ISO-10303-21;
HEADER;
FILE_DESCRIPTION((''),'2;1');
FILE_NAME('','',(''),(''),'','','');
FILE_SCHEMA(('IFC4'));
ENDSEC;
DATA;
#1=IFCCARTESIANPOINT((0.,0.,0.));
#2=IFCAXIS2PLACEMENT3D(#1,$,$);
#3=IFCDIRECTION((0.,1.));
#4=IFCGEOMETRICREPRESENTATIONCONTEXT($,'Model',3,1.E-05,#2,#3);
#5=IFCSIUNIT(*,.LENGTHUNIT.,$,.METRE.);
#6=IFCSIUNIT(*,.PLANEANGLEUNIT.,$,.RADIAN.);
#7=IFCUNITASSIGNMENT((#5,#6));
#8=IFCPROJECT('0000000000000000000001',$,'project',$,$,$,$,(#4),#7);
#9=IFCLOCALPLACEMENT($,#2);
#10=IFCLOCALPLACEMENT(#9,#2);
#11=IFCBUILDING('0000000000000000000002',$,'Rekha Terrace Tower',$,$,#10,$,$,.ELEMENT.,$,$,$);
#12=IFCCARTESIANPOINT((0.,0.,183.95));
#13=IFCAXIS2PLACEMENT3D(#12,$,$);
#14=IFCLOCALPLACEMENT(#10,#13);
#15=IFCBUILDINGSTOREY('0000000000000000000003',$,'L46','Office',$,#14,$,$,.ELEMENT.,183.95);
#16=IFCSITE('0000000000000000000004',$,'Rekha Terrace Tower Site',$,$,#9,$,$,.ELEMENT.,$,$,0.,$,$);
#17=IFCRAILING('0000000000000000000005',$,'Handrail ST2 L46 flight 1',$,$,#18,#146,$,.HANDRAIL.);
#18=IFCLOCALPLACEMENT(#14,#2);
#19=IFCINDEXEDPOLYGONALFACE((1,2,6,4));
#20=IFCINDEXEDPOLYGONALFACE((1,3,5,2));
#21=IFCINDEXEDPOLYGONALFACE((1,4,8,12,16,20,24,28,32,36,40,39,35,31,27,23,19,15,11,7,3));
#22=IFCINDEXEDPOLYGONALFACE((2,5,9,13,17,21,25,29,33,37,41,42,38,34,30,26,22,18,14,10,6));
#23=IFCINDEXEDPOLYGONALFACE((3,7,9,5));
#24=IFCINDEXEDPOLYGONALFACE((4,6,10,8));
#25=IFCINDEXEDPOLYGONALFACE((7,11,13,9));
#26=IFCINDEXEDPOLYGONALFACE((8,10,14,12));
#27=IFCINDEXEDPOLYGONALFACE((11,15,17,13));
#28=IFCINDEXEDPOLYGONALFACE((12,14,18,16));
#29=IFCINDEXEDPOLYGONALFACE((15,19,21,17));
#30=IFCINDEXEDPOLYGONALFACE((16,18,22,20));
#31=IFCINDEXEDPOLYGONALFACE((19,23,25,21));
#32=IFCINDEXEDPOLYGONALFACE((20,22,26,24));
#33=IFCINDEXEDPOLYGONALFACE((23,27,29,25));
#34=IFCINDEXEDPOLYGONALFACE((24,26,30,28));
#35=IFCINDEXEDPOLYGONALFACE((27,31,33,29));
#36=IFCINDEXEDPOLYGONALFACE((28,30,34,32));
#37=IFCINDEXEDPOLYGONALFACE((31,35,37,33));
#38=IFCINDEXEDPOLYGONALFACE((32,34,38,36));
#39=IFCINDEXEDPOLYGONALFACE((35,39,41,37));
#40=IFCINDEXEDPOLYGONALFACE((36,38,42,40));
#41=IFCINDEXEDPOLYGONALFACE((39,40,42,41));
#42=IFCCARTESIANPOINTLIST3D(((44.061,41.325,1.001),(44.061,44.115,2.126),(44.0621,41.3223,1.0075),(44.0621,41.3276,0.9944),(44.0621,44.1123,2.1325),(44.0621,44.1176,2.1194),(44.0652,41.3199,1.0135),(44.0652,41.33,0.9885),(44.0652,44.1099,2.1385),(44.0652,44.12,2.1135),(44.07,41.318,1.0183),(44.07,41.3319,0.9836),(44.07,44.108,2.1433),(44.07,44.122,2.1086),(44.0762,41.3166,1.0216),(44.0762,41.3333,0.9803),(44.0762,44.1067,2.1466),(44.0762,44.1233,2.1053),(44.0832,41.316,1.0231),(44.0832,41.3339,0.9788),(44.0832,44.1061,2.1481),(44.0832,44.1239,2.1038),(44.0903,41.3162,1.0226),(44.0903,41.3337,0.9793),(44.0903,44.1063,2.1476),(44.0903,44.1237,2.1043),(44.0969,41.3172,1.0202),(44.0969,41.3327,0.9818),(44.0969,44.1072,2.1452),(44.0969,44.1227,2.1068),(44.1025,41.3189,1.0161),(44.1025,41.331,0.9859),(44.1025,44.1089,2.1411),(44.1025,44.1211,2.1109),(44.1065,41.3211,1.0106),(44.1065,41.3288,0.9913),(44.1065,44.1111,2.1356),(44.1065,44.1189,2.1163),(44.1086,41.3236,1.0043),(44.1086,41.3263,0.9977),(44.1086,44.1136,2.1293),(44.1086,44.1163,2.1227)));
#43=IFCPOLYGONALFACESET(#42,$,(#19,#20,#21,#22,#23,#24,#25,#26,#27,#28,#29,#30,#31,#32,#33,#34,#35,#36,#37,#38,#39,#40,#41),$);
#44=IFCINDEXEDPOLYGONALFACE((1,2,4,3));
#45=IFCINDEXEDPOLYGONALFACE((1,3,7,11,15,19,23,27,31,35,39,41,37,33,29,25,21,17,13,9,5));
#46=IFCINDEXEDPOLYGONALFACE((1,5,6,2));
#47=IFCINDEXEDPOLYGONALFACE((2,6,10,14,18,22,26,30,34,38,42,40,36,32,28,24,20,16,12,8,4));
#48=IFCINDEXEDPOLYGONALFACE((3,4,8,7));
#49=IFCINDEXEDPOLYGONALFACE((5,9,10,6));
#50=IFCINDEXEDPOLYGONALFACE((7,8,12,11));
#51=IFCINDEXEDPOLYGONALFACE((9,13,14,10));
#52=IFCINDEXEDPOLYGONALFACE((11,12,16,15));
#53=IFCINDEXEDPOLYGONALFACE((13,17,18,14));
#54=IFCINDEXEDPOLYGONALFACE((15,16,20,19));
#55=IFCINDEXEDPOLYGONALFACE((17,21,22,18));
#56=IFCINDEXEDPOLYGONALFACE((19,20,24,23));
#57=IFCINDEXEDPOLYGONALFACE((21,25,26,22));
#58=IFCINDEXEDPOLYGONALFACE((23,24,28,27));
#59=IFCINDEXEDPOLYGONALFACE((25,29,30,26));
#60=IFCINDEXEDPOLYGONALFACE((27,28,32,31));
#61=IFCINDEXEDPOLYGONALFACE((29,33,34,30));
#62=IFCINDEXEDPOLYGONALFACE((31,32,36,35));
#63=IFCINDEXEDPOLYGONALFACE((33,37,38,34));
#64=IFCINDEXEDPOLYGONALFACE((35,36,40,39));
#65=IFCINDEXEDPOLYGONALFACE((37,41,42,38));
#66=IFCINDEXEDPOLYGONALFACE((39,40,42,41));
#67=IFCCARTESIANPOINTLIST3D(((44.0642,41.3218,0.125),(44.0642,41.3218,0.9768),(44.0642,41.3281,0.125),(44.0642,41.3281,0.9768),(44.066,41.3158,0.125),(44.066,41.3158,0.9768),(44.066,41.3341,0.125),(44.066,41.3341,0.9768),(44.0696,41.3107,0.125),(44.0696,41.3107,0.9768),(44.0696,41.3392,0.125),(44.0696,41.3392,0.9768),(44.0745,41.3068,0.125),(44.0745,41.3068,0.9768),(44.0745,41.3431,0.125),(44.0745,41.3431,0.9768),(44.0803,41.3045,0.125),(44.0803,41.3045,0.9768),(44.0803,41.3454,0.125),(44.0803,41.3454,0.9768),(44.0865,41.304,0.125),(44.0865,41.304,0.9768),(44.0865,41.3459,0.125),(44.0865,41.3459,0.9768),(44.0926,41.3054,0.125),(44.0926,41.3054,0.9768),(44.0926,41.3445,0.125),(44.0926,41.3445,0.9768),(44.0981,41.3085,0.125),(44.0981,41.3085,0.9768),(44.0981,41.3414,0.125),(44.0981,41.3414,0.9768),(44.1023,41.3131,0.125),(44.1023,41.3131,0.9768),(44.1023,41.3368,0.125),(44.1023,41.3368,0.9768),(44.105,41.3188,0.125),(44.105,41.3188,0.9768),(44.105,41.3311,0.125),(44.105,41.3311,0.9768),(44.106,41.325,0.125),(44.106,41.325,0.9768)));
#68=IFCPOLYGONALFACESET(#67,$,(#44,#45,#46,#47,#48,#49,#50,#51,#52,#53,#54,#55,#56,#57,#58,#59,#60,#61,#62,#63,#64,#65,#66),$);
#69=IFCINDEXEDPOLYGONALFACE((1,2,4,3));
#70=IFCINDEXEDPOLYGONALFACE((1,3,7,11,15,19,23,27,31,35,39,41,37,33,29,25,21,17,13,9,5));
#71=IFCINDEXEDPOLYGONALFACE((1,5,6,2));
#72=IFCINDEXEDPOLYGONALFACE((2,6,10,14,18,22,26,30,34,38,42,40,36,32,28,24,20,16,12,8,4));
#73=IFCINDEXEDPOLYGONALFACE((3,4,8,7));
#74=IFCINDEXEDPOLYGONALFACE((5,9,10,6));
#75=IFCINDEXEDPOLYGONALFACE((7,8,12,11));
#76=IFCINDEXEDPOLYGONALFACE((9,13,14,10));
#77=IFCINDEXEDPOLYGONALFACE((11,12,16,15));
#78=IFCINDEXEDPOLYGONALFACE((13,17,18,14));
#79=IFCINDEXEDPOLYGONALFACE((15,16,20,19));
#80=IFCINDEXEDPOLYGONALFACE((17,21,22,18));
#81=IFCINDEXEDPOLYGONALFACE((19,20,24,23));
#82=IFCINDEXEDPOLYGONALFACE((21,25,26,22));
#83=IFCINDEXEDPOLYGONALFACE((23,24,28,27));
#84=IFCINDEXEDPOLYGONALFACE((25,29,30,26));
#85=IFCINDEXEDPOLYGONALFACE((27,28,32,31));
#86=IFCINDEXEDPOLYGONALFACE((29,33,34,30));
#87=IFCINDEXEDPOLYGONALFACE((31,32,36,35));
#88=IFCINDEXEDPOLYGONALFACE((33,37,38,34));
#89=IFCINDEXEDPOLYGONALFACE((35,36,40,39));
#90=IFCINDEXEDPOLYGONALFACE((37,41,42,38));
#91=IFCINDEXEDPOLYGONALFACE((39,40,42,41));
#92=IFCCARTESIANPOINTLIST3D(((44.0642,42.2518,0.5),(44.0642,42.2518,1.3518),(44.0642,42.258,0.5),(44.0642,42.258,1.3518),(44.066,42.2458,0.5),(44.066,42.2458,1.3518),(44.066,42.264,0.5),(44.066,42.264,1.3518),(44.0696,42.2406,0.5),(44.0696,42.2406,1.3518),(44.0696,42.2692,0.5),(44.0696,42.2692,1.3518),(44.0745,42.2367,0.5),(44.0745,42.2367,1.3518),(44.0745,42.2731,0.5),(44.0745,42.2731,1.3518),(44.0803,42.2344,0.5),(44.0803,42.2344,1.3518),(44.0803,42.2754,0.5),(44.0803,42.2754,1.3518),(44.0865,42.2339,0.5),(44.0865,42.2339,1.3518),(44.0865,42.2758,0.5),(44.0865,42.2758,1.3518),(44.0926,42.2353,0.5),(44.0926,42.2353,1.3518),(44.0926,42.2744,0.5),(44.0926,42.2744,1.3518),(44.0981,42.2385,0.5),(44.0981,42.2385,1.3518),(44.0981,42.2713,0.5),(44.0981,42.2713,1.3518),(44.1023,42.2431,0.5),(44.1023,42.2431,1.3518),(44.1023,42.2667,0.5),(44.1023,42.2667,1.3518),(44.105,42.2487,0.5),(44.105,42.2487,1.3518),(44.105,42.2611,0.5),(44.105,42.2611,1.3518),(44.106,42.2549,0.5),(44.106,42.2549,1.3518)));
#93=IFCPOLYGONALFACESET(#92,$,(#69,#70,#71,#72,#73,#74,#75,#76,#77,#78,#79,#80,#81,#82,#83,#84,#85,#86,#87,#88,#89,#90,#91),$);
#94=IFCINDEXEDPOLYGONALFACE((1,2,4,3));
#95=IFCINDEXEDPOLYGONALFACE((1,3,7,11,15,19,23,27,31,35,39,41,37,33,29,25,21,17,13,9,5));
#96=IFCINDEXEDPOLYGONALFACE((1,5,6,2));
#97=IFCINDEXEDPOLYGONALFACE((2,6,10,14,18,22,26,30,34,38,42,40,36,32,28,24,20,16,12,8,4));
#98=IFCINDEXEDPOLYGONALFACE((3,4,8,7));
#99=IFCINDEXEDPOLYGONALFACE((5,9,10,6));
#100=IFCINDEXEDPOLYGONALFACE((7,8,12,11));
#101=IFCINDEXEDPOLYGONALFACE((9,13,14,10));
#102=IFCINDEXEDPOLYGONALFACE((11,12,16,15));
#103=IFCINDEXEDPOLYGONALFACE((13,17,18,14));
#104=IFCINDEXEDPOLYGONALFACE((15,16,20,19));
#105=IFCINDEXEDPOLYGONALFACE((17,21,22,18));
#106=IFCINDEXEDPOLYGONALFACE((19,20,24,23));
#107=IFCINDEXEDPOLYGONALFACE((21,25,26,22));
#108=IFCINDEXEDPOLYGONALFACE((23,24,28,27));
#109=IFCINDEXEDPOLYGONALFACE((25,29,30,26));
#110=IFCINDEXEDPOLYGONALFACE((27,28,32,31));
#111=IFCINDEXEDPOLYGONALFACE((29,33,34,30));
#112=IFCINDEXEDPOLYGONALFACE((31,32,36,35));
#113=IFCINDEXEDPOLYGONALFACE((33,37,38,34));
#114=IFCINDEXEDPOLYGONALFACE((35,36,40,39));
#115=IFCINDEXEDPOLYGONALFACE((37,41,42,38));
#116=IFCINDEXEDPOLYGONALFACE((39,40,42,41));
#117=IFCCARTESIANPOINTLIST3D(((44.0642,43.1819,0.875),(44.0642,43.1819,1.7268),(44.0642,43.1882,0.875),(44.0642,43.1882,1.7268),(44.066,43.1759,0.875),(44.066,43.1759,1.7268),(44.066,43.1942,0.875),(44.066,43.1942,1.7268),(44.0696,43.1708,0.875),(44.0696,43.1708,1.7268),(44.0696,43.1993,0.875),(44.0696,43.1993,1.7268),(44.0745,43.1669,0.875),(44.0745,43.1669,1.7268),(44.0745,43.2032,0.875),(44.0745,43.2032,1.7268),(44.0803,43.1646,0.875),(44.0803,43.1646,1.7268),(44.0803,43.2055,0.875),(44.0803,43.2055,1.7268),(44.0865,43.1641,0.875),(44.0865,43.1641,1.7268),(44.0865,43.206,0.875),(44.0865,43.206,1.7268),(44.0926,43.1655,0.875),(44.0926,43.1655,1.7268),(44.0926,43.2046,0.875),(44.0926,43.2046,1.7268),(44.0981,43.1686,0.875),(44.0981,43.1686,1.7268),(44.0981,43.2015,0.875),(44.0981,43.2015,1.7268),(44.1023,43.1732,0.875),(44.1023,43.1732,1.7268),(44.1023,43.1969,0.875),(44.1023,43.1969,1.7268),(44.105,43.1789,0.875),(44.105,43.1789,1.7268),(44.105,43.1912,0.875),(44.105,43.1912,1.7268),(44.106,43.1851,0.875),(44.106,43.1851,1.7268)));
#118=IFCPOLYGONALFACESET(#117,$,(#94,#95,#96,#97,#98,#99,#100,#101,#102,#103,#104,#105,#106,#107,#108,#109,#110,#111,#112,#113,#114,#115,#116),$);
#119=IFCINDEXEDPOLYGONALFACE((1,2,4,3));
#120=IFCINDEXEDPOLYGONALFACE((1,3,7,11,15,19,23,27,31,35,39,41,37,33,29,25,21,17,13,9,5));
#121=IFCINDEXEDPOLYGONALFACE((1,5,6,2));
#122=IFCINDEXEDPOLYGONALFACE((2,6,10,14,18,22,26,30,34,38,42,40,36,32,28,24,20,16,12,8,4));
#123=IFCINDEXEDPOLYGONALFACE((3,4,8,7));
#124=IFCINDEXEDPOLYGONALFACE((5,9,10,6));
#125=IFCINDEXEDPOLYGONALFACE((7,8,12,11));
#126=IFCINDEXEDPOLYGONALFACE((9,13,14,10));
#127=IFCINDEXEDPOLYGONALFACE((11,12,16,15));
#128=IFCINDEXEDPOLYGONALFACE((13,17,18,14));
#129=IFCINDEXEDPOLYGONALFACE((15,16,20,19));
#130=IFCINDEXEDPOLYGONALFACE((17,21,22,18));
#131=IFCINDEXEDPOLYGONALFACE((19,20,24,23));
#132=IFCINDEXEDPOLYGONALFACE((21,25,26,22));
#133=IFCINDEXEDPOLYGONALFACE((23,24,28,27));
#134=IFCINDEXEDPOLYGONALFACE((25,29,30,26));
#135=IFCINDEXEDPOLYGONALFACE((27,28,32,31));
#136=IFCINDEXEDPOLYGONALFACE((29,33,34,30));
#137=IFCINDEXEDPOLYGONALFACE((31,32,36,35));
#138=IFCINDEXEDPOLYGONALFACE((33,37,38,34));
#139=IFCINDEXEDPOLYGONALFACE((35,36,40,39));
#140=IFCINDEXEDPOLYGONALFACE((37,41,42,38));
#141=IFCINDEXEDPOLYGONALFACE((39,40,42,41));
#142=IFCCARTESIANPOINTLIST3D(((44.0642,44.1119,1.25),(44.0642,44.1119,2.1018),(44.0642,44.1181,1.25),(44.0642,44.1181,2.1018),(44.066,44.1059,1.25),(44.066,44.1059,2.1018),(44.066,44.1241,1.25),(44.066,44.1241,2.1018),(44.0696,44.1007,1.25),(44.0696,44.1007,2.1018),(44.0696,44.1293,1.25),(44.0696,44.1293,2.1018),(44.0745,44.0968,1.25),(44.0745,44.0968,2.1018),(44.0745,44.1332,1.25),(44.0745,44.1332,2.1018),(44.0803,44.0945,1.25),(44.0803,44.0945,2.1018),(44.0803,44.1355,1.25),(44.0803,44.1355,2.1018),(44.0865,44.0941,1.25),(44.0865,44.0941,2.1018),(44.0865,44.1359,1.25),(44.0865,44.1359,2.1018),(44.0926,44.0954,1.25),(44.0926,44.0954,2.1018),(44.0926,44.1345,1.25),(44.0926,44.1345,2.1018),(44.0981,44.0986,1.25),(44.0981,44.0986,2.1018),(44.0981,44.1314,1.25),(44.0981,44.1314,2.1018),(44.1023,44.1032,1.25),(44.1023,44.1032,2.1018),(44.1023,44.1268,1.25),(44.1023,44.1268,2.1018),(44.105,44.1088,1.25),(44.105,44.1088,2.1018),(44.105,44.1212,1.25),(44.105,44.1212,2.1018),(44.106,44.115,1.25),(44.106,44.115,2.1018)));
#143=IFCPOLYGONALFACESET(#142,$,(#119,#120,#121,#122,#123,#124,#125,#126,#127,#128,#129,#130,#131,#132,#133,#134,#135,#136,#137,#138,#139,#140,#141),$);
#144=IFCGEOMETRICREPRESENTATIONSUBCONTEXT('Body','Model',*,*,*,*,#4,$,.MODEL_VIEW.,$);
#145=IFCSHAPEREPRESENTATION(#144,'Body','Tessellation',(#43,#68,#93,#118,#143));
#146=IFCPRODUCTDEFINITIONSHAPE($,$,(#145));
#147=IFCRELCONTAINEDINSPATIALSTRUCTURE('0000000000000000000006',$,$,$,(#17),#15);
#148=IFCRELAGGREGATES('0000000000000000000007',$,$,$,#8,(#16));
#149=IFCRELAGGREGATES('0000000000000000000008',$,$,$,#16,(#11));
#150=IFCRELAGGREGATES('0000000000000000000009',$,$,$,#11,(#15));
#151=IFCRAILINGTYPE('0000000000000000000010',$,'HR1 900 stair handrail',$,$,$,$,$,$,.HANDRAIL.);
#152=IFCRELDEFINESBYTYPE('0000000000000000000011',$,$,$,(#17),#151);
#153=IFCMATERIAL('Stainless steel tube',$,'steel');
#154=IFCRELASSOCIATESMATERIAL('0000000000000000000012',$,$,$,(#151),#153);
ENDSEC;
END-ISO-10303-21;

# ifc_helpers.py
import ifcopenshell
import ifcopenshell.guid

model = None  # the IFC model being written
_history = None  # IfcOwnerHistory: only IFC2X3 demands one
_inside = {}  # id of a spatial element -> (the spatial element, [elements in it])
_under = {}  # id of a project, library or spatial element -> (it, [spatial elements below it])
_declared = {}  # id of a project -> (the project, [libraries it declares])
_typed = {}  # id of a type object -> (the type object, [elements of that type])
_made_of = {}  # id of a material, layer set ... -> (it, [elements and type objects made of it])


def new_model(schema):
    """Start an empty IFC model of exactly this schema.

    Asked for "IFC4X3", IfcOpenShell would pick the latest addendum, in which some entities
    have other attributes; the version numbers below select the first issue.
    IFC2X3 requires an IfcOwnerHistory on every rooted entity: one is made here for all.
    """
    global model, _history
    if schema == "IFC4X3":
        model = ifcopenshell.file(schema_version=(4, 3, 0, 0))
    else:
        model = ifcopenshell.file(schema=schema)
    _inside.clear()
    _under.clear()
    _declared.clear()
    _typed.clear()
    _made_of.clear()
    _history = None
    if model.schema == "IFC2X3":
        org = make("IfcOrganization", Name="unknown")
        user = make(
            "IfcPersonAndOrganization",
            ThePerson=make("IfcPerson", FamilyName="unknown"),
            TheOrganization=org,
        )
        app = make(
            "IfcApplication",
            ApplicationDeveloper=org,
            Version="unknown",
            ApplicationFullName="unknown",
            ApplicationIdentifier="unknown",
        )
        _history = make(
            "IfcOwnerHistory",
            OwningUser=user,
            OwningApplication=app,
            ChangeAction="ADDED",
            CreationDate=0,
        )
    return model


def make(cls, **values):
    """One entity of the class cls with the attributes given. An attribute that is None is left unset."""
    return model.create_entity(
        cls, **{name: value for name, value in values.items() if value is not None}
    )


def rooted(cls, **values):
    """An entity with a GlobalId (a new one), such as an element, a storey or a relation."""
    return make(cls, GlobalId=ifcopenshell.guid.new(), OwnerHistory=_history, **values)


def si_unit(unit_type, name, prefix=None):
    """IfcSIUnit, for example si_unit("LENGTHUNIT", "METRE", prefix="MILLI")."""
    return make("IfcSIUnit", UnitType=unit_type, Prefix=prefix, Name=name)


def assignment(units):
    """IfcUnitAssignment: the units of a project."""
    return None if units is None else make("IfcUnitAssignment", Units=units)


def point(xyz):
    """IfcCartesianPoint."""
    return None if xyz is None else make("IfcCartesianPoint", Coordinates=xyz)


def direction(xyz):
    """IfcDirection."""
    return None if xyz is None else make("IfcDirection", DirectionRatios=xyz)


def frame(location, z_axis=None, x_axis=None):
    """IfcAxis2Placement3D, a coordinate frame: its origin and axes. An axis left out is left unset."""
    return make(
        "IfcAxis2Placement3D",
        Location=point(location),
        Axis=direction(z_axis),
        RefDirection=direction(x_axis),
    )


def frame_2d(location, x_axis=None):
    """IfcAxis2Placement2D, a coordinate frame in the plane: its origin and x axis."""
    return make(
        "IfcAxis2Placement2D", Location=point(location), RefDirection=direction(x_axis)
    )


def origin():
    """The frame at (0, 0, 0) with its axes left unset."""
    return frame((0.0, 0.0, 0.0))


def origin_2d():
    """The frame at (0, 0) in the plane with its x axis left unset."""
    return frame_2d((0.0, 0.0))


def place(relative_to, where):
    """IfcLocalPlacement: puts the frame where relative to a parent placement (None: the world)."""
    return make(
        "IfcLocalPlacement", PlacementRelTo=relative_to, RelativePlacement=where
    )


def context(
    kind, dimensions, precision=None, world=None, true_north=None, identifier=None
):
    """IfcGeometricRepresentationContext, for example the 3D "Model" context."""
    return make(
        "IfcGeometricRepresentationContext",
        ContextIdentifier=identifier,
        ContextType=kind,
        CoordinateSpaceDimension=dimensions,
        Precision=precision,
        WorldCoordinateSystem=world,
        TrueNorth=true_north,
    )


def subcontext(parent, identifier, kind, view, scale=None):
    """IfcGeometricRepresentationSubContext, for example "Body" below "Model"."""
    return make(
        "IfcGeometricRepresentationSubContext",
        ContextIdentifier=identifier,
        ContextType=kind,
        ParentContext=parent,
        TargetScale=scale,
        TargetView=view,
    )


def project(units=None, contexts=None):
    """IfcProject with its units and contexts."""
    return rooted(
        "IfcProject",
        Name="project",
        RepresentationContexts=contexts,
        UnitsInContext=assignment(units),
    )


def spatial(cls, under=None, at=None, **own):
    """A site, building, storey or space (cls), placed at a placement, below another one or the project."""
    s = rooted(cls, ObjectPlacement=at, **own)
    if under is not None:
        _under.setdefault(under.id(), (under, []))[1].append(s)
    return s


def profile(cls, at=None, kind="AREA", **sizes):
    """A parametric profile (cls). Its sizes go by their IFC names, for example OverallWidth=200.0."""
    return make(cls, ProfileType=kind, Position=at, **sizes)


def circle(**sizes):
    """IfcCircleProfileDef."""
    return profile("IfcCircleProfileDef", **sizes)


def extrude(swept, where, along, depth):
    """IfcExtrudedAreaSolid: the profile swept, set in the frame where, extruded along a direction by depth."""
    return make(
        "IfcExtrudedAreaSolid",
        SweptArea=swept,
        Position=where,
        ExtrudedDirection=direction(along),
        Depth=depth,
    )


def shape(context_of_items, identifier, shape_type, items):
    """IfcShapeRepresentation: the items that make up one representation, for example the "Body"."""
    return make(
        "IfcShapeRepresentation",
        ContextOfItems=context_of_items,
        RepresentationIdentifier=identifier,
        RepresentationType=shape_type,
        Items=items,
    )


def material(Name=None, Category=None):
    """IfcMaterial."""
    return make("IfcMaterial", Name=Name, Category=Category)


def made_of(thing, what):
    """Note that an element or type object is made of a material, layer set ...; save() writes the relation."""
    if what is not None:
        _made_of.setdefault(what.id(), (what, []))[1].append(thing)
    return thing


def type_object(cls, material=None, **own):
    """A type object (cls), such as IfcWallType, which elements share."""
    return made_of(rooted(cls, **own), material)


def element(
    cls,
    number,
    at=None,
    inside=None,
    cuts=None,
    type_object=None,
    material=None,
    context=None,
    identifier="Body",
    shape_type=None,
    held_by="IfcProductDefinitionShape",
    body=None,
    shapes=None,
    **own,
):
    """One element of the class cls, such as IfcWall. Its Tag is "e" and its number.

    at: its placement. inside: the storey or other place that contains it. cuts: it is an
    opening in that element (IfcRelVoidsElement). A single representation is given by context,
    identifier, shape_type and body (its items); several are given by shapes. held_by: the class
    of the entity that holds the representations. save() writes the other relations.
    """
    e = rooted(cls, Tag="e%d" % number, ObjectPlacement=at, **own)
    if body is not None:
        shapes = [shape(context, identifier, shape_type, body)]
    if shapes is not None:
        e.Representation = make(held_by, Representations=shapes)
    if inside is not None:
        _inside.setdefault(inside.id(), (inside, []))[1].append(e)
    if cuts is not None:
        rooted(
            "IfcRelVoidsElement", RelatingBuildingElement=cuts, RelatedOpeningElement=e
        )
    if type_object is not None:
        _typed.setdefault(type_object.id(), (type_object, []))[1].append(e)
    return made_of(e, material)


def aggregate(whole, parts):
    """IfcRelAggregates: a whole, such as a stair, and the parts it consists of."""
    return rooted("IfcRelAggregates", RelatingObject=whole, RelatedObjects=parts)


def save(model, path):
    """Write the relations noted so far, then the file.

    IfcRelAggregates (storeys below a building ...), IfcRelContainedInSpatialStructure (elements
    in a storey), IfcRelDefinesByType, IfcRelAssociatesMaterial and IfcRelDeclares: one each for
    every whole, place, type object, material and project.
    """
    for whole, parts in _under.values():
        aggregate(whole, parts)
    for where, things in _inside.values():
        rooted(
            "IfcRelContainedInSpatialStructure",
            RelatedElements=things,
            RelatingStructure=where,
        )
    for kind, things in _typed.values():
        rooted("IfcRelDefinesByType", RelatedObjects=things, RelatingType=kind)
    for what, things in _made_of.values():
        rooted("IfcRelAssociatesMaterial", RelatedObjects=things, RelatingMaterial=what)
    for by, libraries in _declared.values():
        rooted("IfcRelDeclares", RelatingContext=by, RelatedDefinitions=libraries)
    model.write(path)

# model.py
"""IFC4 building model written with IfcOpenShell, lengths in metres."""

from ifc_helpers import new_model, si_unit, direction, frame, origin, origin_2d, place, context, subcontext, project, spatial, circle, extrude, material, type_object, element, save


model = new_model("IFC4")

# Units and contexts
model_context = context("Model", 3, precision=1e-05, world=origin(), true_north=direction((0.0, 1.0)))
body_context = subcontext(model_context, "Body", "Model", "MODEL_VIEW")
ifc_project = project(units=[si_unit("LENGTHUNIT", "METRE"), si_unit("PLANEANGLEUNIT", "RADIAN")], contexts=[model_context])

# Site, building, storey
site_placement = place(None, origin())
site = spatial("IfcSite", under=ifc_project, at=site_placement, Name="Rekha Terrace Tower Site", CompositionType="ELEMENT", RefElevation=0.0)
building_placement = place(site_placement, origin())
building = spatial("IfcBuilding", under=site, at=building_placement, Name="Rekha Terrace Tower", CompositionType="ELEMENT")
storey_placement = place(building_placement, frame((0.0, 0.0, 183.95)))
storey = spatial("IfcBuildingStorey", under=building, at=storey_placement, Name="L46", Description="Office", CompositionType="ELEMENT", Elevation=183.95)

# Railing
ifc_material_1 = material(Name="Stainless steel tube", Category="steel")
railing_type_1 = type_object("IfcRailingType", Name="HR1 900 stair handrail", PredefinedType="HANDRAIL", material=ifc_material_1)
railing_1_placement = place(storey_placement, frame((44.085, 41.325, 0.125)))
element("IfcRailing", 1, at=railing_1_placement, inside=storey, type_object=railing_type_1, Name="Handrail ST2 L46 flight 1", PredefinedType="HANDRAIL", context=body_context, shape_type="SweptSolid", body=[
    extrude(circle(Radius=0.0239, at=origin_2d()), frame((0.0, 0.0, 0.876), z_axis=(0.0, 0.927443, 0.373964), x_axis=(-1.0, 0.0, 0.0)), (0.0, 0.0, 1.0), 3.0083),
    extrude(circle(Radius=0.021, at=origin_2d()), origin(), (0.0, 0.0, 1.0), 0.8518),
    extrude(circle(Radius=0.021, at=origin_2d()), frame((0.0, 0.9299, 0.375)), (0.0, 0.0, 1.0), 0.8518),
    extrude(circle(Radius=0.021, at=origin_2d()), frame((0.0, 1.8601, 0.75)), (0.0, 0.0, 1.0), 0.8518),
    extrude(circle(Radius=0.021, at=origin_2d()), frame((0.0, 2.79, 1.125)), (0.0, 0.0, 1.0), 0.8518),
])

save(model, "model.ifc")
